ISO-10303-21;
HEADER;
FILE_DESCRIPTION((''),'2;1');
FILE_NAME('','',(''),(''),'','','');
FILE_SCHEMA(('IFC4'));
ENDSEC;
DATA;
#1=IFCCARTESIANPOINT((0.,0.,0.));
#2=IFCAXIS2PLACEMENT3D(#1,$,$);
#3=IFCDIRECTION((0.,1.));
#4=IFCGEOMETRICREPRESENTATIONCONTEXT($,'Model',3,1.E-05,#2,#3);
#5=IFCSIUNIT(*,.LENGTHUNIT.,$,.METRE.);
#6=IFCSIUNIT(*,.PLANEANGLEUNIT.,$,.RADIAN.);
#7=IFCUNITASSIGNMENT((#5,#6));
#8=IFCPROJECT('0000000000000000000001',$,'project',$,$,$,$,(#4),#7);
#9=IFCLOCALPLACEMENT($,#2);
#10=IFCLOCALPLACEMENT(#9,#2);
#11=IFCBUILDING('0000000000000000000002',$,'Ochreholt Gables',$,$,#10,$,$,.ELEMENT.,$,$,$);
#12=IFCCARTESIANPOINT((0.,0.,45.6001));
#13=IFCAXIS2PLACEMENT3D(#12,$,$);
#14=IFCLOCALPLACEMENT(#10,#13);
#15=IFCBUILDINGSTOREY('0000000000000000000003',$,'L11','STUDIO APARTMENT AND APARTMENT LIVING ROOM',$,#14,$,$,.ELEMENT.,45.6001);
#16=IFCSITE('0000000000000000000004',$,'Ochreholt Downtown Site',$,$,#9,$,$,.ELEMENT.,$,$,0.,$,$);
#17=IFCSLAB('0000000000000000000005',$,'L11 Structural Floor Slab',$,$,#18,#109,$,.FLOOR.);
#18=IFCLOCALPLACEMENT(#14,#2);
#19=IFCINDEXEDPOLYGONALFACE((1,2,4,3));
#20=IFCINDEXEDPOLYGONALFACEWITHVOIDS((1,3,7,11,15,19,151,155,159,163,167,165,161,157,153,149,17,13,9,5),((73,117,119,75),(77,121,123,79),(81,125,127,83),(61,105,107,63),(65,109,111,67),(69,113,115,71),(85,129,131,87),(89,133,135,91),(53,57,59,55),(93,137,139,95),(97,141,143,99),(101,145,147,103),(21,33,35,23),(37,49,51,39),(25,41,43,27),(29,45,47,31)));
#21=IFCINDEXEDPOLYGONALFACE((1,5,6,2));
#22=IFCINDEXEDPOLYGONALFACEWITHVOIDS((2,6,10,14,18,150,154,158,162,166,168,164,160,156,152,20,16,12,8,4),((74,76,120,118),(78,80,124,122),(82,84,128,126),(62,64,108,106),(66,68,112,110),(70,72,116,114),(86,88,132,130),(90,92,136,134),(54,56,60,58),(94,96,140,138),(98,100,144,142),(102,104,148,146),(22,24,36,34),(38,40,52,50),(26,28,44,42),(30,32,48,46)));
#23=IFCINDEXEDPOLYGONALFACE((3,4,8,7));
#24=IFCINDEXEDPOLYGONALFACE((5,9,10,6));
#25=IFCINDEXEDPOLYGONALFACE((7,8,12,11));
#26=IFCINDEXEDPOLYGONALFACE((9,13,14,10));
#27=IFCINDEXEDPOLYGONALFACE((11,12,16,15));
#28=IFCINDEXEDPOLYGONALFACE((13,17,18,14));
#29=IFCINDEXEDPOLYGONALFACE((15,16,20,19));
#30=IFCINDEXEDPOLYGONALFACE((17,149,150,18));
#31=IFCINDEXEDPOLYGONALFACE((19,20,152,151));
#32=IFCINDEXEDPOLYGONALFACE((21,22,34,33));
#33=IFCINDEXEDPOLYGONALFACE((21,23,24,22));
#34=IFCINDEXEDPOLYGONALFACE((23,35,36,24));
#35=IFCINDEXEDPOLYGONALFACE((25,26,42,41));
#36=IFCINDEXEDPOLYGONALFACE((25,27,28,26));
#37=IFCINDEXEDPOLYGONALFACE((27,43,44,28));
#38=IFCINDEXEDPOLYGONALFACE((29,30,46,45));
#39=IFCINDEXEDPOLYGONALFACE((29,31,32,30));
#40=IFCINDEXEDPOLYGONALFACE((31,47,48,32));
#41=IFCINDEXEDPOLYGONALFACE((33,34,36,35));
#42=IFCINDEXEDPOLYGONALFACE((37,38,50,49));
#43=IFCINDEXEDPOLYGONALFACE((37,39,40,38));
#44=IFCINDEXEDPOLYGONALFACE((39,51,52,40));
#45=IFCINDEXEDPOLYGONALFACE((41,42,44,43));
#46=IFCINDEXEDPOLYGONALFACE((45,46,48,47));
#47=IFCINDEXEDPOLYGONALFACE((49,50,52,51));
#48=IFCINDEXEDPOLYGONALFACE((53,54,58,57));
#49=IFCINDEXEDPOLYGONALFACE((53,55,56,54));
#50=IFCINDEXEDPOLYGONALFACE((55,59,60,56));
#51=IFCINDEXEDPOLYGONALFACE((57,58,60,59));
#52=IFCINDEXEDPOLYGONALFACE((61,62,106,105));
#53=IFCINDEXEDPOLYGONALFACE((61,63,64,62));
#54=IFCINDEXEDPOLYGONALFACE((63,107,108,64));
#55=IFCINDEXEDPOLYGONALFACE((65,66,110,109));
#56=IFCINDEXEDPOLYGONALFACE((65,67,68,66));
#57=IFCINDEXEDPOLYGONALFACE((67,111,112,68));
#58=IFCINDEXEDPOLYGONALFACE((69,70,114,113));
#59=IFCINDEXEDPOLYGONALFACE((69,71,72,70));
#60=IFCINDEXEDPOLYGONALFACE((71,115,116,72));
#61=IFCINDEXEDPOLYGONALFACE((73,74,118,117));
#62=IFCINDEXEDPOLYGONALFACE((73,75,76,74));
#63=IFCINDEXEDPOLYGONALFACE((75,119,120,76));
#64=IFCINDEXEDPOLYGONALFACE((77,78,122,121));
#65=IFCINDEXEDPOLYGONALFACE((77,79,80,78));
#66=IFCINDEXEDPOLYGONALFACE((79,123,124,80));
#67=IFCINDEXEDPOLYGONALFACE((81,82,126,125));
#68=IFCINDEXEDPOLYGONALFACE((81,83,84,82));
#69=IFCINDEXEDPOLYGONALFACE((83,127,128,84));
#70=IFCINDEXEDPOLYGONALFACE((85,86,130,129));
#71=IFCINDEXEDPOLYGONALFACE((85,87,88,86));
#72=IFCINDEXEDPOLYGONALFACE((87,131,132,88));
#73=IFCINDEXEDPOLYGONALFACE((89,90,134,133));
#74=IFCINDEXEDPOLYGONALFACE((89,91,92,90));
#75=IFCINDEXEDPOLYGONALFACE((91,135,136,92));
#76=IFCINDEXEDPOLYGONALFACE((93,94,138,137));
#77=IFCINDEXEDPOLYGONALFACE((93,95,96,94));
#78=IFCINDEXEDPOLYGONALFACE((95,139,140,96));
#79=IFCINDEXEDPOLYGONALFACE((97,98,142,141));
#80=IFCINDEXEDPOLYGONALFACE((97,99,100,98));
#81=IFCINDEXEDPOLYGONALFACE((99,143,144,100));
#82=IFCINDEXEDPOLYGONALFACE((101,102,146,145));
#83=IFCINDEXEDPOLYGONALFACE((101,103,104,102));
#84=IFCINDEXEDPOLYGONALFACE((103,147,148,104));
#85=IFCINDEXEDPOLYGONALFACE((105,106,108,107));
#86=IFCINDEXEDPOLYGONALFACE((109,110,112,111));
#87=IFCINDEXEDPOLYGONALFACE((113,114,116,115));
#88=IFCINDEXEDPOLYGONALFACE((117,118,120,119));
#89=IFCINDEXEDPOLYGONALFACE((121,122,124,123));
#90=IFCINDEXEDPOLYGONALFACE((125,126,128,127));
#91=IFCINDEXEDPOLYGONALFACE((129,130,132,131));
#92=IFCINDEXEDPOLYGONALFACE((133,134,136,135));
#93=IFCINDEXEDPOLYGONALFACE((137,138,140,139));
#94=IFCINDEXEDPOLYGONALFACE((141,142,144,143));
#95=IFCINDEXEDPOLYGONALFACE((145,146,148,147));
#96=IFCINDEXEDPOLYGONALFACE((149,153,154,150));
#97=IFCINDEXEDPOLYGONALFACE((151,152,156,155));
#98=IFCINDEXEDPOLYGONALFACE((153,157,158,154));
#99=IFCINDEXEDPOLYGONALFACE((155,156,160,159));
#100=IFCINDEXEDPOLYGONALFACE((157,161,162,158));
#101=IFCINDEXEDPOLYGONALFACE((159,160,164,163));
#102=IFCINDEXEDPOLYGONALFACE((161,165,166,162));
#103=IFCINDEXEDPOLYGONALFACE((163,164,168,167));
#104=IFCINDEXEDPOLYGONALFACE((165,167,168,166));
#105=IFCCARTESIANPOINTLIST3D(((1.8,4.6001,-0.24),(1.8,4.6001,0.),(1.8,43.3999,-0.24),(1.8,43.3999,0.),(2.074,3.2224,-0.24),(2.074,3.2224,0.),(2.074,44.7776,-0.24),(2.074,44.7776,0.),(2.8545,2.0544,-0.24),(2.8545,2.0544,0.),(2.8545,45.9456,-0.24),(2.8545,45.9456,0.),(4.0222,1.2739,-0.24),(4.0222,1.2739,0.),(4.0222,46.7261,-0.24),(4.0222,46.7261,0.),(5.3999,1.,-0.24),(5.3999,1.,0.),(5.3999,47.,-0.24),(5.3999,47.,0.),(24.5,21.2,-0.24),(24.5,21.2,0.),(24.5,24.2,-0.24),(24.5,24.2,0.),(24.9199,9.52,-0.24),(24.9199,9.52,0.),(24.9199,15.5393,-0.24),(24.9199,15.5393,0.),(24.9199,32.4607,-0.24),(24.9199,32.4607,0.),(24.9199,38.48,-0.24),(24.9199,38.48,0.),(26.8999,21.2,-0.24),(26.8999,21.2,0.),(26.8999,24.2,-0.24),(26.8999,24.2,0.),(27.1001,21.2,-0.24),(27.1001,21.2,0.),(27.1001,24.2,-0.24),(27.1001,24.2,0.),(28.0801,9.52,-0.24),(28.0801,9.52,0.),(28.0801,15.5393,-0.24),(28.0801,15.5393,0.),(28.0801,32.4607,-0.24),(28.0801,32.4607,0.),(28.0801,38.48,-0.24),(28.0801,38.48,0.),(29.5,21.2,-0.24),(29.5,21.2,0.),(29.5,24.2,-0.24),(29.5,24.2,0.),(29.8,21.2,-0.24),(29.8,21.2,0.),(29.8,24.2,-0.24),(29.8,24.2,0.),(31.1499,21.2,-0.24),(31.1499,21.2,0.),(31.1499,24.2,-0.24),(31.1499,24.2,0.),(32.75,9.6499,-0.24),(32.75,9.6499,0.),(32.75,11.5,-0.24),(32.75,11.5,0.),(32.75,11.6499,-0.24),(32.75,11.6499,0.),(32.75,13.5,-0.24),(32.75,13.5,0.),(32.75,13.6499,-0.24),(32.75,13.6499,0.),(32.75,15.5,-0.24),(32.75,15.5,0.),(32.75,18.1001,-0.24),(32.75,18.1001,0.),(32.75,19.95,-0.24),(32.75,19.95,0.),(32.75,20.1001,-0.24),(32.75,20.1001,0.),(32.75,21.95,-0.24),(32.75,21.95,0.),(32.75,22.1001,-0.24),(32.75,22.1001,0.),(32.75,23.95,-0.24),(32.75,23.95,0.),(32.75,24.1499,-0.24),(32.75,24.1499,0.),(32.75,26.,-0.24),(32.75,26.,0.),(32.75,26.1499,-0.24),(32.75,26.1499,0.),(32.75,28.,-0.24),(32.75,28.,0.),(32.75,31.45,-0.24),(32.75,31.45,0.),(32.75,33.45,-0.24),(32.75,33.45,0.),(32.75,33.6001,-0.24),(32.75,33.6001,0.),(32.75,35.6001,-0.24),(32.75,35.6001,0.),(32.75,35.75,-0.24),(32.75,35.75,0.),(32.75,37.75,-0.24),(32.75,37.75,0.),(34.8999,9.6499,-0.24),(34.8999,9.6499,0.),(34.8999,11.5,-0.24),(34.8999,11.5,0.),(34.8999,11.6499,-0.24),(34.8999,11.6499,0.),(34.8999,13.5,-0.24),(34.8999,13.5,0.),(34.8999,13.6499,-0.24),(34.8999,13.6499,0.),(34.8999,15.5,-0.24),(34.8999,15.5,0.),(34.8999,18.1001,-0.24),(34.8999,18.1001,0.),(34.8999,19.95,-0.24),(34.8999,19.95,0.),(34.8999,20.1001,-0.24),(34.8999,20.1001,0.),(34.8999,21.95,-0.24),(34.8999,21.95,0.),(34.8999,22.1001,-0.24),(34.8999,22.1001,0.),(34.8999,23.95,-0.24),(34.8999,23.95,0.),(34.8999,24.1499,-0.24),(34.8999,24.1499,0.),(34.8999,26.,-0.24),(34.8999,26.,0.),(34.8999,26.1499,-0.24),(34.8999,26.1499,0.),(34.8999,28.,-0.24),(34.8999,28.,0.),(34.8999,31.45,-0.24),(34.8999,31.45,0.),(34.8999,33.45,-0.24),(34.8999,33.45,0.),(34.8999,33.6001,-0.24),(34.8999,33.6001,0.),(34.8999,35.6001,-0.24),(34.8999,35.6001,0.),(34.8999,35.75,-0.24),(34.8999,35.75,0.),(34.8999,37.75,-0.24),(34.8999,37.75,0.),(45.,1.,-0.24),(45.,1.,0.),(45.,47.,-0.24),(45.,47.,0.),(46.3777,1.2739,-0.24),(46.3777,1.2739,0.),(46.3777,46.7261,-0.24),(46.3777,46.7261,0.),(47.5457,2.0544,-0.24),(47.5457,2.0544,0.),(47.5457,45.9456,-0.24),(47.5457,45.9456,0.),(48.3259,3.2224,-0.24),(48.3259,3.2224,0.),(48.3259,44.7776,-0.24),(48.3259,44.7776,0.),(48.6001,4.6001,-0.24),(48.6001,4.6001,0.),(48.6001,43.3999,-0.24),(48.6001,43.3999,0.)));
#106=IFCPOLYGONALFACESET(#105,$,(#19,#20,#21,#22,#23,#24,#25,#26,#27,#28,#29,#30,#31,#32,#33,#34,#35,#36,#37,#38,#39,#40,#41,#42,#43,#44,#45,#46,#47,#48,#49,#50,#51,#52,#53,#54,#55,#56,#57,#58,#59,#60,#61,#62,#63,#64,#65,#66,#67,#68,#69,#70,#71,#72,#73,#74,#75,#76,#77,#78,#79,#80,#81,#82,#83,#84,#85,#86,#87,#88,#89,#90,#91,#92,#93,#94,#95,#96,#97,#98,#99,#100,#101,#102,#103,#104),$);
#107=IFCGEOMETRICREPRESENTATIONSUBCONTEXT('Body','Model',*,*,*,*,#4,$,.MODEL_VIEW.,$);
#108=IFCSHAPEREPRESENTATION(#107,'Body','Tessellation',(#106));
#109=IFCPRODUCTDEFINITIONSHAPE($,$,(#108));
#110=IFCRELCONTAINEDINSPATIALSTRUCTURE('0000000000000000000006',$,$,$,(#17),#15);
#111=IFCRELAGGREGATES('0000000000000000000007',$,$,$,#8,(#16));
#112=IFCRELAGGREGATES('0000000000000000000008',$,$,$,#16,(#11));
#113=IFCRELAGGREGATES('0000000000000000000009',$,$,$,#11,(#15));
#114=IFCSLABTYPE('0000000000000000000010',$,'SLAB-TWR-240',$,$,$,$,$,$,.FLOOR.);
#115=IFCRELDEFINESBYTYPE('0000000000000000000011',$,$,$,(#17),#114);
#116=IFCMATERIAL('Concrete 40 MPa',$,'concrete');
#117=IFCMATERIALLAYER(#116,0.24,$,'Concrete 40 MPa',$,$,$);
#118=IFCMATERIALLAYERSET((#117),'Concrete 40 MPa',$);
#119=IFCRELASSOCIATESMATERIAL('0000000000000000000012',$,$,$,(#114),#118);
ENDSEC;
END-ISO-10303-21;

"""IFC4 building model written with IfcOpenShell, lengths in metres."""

from ifc_helpers import new_model, si_unit, direction, frame, origin, place, context, subcontext, project, spatial, polyline, outline, extrude, material, layer, layer_set, type_object, element, save


model = new_model("IFC4")

# Units and contexts
model_context = context("Model", 3, precision=1e-05, world=origin(), true_north=direction((0.0, 1.0)))
body_context = subcontext(model_context, "Body", "Model", "MODEL_VIEW")
ifc_project = project(units=[si_unit("LENGTHUNIT", "METRE"), si_unit("PLANEANGLEUNIT", "RADIAN")], contexts=[model_context])

# Site, building, storey
site_placement = place(None, origin())
site = spatial("IfcSite", under=ifc_project, at=site_placement, Name="Ochreholt Downtown Site", CompositionType="ELEMENT", RefElevation=0.0)
building_placement = place(site_placement, origin())
building = spatial("IfcBuilding", under=site, at=building_placement, Name="Ochreholt Gables", CompositionType="ELEMENT")
storey_placement = place(building_placement, frame((0.0, 0.0, 45.6001)))
storey = spatial("IfcBuildingStorey", under=building, at=storey_placement, Name="L11", Description="STUDIO APARTMENT AND APARTMENT LIVING ROOM", CompositionType="ELEMENT", Elevation=45.6001)

# Shared definitions
ifc_material_1 = material(Name="Concrete 40 MPa", Category="concrete")

# Slab
ifc_layer_1 = layer(ifc_material_1, 0.24, Name="Concrete 40 MPa")
ifc_layer_set_1 = layer_set([ifc_layer_1], Name="Concrete 40 MPa")
slab_type_1 = type_object("IfcSlabType", Name="SLAB-TWR-240", PredefinedType="FLOOR", material=ifc_layer_set_1)
slab_1_placement = place(storey_placement, frame((0.0, 0.0, -0.24)))
element("IfcSlab", 1, at=slab_1_placement, inside=storey, type_object=slab_type_1, Name="L11 Structural Floor Slab", PredefinedType="FLOOR", context=body_context, shape_type="SweptSolid", body=[
    extrude(outline(polyline([(1.8, 4.6001), (2.074, 3.2224), (2.8545, 2.0544), (4.0222, 1.2739), (5.3999, 1.0), (45.0, 1.0), (46.3777, 1.2739), (47.5457, 2.0544), (48.3259, 3.2224), (48.6001, 4.6001), (48.6001, 43.3999), (48.3259, 44.7776), (47.5457, 45.9456), (46.3777, 46.7261), (45.0, 47.0), (5.3999, 47.0), (4.0222, 46.7261), (2.8545, 45.9456), (2.074, 44.7776), (1.8, 43.3999), (1.8, 4.6001)]), holes=[polyline([(24.9199, 15.5393), (24.9199, 9.52), (28.0801, 9.52), (28.0801, 15.5393), (24.9199, 15.5393)]), polyline([(28.0801, 32.4607), (28.0801, 38.48), (24.9199, 38.48), (24.9199, 32.4607), (28.0801, 32.4607)]), polyline([(24.5, 21.2), (26.8999, 21.2), (26.8999, 24.2), (24.5, 24.2), (24.5, 21.2)]), polyline([(27.1001, 21.2), (29.5, 21.2), (29.5, 24.2), (27.1001, 24.2), (27.1001, 21.2)]), polyline([(32.75, 9.6499), (34.8999, 9.6499), (34.8999, 11.5), (32.75, 11.5), (32.75, 9.6499)]), polyline([(32.75, 11.6499), (34.8999, 11.6499), (34.8999, 13.5), (32.75, 13.5), (32.75, 11.6499)]), polyline([(32.75, 13.6499), (34.8999, 13.6499), (34.8999, 15.5), (32.75, 15.5), (32.75, 13.6499)]), polyline([(32.75, 18.1001), (34.8999, 18.1001), (34.8999, 19.95), (32.75, 19.95), (32.75, 18.1001)]), polyline([(32.75, 20.1001), (34.8999, 20.1001), (34.8999, 21.95), (32.75, 21.95), (32.75, 20.1001)]), polyline([(32.75, 22.1001), (34.8999, 22.1001), (34.8999, 23.95), (32.75, 23.95), (32.75, 22.1001)]), polyline([(32.75, 24.1499), (34.8999, 24.1499), (34.8999, 26.0), (32.75, 26.0), (32.75, 24.1499)]), polyline([(32.75, 26.1499), (34.8999, 26.1499), (34.8999, 28.0), (32.75, 28.0), (32.75, 26.1499)]), polyline([(32.75, 31.45), (34.8999, 31.45), (34.8999, 33.45), (32.75, 33.45), (32.75, 31.45)]), polyline([(32.75, 33.6001), (34.8999, 33.6001), (34.8999, 35.6001), (32.75, 35.6001), (32.75, 33.6001)]), polyline([(32.75, 35.75), (34.8999, 35.75), (34.8999, 37.75), (32.75, 37.75), (32.75, 35.75)]), polyline([(29.8, 21.2), (31.1499, 21.2), (31.1499, 24.2), (29.8, 24.2), (29.8, 21.2)])]), origin(), (0.0, 0.0, 1.0), 0.24),
])

save(model, "model.ifc")
